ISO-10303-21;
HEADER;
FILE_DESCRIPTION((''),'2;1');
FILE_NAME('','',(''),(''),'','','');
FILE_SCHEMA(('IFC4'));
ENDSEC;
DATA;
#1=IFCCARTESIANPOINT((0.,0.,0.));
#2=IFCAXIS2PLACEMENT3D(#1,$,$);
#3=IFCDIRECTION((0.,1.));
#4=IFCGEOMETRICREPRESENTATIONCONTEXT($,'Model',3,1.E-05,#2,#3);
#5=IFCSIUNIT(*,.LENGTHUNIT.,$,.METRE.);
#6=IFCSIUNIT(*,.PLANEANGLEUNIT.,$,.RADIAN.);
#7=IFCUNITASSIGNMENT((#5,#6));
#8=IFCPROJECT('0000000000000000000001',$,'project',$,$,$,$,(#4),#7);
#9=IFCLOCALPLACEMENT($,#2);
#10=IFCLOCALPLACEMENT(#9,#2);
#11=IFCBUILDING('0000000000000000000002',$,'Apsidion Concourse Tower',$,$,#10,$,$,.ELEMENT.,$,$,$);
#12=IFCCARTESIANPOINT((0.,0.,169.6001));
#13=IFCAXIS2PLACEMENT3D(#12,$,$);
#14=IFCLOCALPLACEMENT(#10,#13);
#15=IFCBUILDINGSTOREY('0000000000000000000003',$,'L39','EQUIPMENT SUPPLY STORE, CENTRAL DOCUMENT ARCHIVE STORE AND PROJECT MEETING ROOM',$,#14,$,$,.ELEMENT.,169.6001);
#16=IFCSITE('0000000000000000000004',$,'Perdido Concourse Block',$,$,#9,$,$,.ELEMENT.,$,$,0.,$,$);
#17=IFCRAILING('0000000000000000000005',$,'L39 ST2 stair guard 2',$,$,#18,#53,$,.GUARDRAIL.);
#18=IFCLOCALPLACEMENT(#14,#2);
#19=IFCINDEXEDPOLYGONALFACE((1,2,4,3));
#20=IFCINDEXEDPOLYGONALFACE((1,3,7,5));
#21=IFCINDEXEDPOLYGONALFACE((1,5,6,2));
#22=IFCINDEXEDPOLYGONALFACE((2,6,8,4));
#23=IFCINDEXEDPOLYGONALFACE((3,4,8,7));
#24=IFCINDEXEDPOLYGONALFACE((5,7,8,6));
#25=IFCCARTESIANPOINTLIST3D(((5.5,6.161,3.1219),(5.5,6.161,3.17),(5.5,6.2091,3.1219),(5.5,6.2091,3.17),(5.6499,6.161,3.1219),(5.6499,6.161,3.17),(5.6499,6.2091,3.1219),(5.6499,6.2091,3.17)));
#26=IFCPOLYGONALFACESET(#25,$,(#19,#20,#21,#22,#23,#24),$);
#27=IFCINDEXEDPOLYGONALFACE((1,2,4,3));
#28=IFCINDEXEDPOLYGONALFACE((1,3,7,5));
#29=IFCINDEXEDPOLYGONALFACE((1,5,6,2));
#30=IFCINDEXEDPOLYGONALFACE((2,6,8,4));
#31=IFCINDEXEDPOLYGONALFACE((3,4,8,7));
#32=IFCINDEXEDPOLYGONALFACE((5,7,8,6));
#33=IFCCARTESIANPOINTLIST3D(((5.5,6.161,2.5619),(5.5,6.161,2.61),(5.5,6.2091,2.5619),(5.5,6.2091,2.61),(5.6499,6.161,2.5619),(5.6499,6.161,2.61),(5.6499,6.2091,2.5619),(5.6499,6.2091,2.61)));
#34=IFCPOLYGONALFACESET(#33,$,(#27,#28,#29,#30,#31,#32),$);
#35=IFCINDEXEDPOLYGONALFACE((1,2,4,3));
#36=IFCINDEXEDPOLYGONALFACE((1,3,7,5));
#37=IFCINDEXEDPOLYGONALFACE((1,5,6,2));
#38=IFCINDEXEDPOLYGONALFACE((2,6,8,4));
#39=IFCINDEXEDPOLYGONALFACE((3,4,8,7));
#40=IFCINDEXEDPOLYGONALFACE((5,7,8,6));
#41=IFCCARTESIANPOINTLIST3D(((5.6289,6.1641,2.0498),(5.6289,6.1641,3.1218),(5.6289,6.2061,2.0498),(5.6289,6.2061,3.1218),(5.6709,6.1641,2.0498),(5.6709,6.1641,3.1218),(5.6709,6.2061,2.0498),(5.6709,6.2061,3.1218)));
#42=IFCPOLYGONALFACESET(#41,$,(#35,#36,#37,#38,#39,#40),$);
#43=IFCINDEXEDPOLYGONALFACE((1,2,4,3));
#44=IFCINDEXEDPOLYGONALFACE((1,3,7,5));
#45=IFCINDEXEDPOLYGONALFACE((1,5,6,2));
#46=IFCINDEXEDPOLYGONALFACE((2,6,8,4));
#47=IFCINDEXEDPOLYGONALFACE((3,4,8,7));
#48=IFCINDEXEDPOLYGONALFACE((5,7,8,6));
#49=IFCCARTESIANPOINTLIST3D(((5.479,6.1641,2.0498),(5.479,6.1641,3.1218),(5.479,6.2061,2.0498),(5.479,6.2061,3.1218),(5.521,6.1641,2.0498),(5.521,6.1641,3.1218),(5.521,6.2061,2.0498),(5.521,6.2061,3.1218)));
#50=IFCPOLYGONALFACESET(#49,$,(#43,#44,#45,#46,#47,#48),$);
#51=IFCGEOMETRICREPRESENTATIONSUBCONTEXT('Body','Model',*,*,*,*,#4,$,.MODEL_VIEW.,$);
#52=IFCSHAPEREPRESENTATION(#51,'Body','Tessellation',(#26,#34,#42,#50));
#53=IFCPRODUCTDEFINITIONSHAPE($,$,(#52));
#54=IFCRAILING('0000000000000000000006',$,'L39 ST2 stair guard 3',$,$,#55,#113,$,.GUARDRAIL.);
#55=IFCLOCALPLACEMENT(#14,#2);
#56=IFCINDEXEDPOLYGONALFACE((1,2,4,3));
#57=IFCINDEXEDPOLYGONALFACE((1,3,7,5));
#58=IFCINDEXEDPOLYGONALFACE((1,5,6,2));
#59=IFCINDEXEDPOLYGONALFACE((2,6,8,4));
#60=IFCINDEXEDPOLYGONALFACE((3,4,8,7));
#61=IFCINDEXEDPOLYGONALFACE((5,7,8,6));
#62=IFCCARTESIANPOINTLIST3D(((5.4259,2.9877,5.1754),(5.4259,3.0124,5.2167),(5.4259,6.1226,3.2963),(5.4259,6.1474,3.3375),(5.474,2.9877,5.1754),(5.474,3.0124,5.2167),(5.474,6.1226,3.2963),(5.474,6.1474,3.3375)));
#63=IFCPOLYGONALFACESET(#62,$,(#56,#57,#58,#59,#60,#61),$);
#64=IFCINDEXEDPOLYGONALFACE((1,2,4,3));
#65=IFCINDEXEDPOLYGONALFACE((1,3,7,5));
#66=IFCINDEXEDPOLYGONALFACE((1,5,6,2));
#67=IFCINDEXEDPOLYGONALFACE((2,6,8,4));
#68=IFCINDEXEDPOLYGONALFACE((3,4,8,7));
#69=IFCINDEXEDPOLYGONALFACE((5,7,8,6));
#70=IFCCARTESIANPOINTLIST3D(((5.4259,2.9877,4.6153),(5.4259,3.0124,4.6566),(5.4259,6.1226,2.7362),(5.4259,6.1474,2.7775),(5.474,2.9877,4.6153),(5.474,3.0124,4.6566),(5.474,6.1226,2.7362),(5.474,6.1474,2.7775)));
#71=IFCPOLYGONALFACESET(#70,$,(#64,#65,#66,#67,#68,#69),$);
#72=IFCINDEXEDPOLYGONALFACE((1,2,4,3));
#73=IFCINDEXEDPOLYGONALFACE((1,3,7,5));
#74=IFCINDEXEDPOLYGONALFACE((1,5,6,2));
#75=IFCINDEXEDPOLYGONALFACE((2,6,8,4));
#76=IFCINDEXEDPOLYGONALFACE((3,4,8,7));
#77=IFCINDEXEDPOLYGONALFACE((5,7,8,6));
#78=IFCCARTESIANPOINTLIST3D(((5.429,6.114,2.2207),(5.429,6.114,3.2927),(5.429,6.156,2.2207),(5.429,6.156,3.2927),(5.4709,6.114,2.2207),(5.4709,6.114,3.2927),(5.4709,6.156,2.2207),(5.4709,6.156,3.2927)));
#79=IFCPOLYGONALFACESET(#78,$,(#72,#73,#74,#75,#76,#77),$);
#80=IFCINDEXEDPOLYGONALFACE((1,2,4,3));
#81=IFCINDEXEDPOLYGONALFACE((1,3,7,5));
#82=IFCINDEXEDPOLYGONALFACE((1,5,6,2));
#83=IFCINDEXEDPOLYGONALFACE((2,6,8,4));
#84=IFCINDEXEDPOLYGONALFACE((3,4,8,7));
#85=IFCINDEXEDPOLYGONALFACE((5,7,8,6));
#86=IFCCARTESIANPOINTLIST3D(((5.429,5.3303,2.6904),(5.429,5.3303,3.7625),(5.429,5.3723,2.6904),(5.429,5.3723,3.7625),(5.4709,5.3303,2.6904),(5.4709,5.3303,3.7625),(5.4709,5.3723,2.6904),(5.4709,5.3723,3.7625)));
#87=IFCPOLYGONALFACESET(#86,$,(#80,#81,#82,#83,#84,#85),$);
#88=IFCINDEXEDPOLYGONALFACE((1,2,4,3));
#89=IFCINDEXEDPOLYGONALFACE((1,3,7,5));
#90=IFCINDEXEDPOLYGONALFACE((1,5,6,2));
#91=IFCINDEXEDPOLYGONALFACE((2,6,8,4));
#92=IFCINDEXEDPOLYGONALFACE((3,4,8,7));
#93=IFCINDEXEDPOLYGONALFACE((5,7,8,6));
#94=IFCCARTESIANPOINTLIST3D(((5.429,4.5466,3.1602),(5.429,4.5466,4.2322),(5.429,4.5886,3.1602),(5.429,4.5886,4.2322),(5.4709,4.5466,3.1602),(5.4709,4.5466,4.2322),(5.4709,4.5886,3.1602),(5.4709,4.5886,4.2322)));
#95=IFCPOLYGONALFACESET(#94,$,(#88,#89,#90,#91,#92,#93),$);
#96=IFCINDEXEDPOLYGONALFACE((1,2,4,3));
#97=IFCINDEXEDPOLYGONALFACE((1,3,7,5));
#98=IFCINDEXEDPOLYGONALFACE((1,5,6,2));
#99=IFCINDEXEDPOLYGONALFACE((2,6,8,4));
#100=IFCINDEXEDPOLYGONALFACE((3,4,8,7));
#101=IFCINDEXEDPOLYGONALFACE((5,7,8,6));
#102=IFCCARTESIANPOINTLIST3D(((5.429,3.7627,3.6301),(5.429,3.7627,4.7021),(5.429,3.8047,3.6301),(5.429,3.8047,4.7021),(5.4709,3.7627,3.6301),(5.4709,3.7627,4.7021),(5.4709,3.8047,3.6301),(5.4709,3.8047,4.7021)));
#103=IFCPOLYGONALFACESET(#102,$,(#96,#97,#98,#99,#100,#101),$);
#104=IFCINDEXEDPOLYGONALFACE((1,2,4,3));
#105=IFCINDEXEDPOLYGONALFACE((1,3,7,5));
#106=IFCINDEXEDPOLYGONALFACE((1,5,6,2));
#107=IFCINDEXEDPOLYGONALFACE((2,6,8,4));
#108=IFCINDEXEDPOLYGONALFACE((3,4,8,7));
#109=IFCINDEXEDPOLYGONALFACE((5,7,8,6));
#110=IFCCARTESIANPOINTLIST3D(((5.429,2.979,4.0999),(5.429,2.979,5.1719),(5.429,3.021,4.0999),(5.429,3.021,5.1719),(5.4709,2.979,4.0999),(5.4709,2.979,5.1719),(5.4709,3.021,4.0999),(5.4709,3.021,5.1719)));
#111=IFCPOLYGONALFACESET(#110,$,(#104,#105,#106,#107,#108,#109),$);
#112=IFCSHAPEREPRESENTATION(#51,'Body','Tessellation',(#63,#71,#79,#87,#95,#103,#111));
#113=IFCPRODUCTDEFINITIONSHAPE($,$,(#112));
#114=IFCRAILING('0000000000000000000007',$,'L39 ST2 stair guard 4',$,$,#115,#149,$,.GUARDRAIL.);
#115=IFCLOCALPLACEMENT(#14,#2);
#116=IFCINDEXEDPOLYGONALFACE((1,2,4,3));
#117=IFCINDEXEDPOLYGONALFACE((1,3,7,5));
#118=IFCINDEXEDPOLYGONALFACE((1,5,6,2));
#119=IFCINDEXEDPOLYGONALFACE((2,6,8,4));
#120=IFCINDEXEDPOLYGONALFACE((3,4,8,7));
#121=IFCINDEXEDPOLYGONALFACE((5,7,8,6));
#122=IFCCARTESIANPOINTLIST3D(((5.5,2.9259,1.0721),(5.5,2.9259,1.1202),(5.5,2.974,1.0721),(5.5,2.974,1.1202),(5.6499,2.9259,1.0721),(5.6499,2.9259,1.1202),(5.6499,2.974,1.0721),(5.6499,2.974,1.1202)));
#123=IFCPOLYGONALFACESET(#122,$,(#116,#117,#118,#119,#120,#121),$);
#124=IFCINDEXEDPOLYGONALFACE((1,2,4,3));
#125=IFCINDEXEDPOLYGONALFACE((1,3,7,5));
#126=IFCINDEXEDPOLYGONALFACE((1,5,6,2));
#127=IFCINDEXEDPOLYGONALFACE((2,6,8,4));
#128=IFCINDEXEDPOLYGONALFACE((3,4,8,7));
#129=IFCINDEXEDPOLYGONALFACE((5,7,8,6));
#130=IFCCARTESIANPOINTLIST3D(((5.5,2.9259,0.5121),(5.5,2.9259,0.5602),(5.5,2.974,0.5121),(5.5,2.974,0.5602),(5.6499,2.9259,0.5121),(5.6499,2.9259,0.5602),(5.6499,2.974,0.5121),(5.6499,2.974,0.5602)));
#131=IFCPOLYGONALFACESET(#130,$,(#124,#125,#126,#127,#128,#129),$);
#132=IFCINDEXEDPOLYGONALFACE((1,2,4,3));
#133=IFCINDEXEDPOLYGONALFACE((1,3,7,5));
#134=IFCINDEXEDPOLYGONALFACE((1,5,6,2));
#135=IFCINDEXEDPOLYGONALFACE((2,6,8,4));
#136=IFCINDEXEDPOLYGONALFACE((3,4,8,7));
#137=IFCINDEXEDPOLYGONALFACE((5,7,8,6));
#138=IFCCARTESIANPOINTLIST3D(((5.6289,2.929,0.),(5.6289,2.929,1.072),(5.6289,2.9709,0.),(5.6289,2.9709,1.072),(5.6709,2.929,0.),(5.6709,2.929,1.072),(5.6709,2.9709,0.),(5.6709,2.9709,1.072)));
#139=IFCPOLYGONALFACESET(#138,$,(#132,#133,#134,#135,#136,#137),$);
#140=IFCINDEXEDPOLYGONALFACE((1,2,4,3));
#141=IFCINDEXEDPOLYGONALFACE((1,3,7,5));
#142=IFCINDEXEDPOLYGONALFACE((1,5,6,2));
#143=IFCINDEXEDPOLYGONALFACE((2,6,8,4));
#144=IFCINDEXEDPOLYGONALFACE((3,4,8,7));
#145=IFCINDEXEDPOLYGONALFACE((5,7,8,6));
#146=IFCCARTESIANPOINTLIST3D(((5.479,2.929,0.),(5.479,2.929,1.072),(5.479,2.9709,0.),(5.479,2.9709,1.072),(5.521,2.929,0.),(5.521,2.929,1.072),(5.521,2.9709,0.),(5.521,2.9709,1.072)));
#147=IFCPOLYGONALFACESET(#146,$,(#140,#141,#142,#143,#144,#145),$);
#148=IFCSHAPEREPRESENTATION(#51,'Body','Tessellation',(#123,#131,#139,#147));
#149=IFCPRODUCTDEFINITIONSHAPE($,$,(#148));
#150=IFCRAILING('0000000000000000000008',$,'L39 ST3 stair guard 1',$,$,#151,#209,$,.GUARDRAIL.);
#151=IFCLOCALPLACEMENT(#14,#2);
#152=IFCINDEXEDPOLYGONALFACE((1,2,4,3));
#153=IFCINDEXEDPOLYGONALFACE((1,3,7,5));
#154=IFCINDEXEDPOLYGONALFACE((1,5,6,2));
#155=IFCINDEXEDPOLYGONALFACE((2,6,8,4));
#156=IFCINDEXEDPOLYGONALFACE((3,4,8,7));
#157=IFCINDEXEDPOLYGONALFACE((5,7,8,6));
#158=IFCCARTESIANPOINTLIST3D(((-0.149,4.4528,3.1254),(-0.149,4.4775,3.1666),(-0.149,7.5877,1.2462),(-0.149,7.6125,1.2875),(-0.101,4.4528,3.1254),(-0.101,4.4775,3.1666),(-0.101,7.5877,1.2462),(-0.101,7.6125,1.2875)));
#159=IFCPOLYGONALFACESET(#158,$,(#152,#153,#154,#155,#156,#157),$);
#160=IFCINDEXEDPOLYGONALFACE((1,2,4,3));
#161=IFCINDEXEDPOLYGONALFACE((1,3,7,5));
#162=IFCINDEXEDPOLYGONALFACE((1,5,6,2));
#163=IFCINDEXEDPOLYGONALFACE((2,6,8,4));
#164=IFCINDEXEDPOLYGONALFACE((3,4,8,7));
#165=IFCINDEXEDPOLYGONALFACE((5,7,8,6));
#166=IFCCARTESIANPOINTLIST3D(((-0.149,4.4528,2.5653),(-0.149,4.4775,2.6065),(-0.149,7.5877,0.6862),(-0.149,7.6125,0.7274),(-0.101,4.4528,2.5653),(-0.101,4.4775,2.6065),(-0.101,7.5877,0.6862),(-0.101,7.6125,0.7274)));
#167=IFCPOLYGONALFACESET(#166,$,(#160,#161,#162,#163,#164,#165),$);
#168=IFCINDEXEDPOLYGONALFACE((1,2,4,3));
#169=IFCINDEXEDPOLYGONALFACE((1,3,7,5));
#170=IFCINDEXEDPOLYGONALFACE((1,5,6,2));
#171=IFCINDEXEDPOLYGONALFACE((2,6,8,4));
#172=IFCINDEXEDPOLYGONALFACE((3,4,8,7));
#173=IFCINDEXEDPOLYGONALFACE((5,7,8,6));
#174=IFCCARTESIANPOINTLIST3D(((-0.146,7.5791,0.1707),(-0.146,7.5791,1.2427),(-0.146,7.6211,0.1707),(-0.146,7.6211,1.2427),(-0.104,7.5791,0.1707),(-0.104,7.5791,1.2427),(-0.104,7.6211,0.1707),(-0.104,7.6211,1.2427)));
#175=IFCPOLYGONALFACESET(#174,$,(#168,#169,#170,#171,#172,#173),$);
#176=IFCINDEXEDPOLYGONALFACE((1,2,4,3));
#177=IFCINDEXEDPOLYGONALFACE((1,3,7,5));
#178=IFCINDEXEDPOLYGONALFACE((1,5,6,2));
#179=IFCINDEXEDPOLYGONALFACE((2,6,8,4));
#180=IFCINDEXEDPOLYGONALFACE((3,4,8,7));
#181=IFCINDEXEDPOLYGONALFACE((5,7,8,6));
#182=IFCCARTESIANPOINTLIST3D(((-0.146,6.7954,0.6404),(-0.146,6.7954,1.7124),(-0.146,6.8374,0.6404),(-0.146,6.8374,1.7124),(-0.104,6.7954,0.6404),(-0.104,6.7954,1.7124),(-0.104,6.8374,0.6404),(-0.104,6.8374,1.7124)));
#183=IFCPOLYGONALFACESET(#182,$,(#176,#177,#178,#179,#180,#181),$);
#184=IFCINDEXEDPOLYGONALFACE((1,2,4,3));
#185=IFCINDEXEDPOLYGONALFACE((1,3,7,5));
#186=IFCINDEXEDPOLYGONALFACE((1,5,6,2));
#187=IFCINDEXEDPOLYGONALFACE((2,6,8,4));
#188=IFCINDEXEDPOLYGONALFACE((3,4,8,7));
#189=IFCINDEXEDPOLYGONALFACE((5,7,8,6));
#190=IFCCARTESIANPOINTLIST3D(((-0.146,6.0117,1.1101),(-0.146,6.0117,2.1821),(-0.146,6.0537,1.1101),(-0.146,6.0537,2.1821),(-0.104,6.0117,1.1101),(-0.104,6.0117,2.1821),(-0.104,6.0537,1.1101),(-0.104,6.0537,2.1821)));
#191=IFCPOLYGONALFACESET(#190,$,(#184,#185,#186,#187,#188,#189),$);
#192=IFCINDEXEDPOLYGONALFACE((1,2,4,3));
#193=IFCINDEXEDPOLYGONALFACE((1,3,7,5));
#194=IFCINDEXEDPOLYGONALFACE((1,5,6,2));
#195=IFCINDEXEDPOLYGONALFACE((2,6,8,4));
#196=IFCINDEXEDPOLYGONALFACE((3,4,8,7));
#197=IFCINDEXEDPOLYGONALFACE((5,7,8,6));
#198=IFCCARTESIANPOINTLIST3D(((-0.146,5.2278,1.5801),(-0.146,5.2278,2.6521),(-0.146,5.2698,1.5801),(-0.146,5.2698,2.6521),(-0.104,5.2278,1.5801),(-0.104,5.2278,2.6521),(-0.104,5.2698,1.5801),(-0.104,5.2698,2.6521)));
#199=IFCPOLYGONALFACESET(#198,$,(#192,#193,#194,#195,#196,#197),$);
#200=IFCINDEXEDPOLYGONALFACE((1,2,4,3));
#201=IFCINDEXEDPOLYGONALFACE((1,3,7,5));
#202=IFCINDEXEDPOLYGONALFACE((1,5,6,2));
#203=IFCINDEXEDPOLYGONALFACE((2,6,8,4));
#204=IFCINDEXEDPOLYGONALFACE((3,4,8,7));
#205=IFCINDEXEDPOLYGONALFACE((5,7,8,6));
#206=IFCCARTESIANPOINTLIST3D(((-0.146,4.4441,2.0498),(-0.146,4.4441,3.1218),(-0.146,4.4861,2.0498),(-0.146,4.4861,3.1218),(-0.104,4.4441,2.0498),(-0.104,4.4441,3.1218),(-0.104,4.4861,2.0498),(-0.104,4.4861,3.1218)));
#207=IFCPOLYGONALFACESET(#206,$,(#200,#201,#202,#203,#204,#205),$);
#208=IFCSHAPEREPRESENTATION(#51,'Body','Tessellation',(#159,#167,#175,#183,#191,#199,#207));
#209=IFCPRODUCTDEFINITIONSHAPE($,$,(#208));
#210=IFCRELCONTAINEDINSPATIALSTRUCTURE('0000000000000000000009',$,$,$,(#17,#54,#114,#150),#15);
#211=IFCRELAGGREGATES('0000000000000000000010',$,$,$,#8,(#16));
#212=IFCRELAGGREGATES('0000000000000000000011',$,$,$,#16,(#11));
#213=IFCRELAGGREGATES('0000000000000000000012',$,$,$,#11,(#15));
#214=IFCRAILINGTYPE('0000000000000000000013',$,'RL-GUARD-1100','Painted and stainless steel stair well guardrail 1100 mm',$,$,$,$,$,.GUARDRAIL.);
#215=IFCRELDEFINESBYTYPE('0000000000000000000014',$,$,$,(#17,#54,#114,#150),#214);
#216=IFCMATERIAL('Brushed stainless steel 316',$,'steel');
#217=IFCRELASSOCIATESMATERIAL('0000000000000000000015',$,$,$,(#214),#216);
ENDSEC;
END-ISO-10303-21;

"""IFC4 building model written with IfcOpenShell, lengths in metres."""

from ifc_helpers import new_model, si_unit, direction, frame, origin, origin_2d, place, context, subcontext, project, spatial, rectangle, extrude, material, type_object, element, save


model = new_model("IFC4")

# Units and contexts
model_context = context("Model", 3, precision=1e-05, world=origin(), true_north=direction((0.0, 1.0)))
body_context = subcontext(model_context, "Body", "Model", "MODEL_VIEW")
ifc_project = project(units=[si_unit("LENGTHUNIT", "METRE"), si_unit("PLANEANGLEUNIT", "RADIAN")], contexts=[model_context])

# Site, building, storey
site_placement = place(None, origin())
site = spatial("IfcSite", under=ifc_project, at=site_placement, Name="Perdido Concourse Block", CompositionType="ELEMENT", RefElevation=0.0)
building_placement = place(site_placement, origin())
building = spatial("IfcBuilding", under=site, at=building_placement, Name="Apsidion Concourse Tower", CompositionType="ELEMENT")
storey_placement = place(building_placement, frame((0.0, 0.0, 169.6001)))
storey = spatial("IfcBuildingStorey", under=building, at=storey_placement, Name="L39", Description="EQUIPMENT SUPPLY STORE, CENTRAL DOCUMENT ARCHIVE STORE AND PROJECT MEETING ROOM", CompositionType="ELEMENT", Elevation=169.6001)

# Railings
ifc_material_1 = material(Name="Brushed stainless steel 316", Category="steel")
railing_type_1 = type_object("IfcRailingType", Name="RL-GUARD-1100", Description="Painted and stainless steel stair well guardrail 1100 mm", PredefinedType="GUARDRAIL", material=ifc_material_1)
railing_1_placement = place(storey_placement, frame((5.6499, 6.1851, 2.0498)))
element("IfcRailing", 1, at=railing_1_placement, inside=storey, type_object=railing_type_1, Name="L39 ST2 stair guard 2", PredefinedType="GUARDRAIL", context=body_context, shape_type="SweptSolid", body=[
    extrude(rectangle(XDim=0.0481, YDim=0.0481, at=origin_2d()), frame((0.0, 0.0, 1.0962), z_axis=(-1.0, 0.0, 0.0), x_axis=(0.0, -1.0, 0.0)), (0.0, 0.0, 1.0), 0.1499),
    extrude(rectangle(XDim=0.0481, YDim=0.0481, at=origin_2d()), frame((0.0, 0.0, 0.5361), z_axis=(-1.0, 0.0, 0.0), x_axis=(0.0, -1.0, 0.0)), (0.0, 0.0, 1.0), 0.1499),
    extrude(rectangle(XDim=0.042, YDim=0.042, at=origin_2d()), origin(), (0.0, 0.0, 1.0), 1.072),
    extrude(rectangle(XDim=0.042, YDim=0.042, at=origin_2d()), frame((-0.1499, 0.0, 0.0)), (0.0, 0.0, 1.0), 1.072),
])
railing_2_placement = place(storey_placement, frame((5.45, 6.135, 2.2207)))
element("IfcRailing", 2, at=railing_2_placement, inside=storey, type_object=railing_type_1, Name="L39 ST2 stair guard 3", PredefinedType="GUARDRAIL", context=body_context, shape_type="SweptSolid", body=[
    extrude(rectangle(XDim=0.0481, YDim=0.0481, at=origin_2d()), frame((0.0, 0.0, 1.0962), z_axis=(0.0, -0.857717, 0.514122), x_axis=(1.0, 0.0, 0.0)), (0.0, 0.0, 1.0), 3.655),
    extrude(rectangle(XDim=0.0481, YDim=0.0481, at=origin_2d()), frame((0.0, 0.0, 0.5361), z_axis=(0.0, -0.857717, 0.514122), x_axis=(1.0, 0.0, 0.0)), (0.0, 0.0, 1.0), 3.655),
    extrude(rectangle(XDim=0.042, YDim=0.042, at=origin_2d()), origin(), (0.0, 0.0, 1.0), 1.072),
    extrude(rectangle(XDim=0.042, YDim=0.042, at=origin_2d()), frame((0.0, -0.7837, 0.4697)), (0.0, 0.0, 1.0), 1.072),
    extrude(rectangle(XDim=0.042, YDim=0.042, at=origin_2d()), frame((0.0, -1.5674, 0.9395)), (0.0, 0.0, 1.0), 1.072),
    extrude(rectangle(XDim=0.042, YDim=0.042, at=origin_2d()), frame((0.0, -2.3513, 1.4094)), (0.0, 0.0, 1.0), 1.072),
    extrude(rectangle(XDim=0.042, YDim=0.042, at=origin_2d()), frame((0.0, -3.135, 1.8792)), (0.0, 0.0, 1.0), 1.072),
])
railing_3_placement = place(storey_placement, frame((5.6499, 2.95, 0.0)))
element("IfcRailing", 3, at=railing_3_placement, inside=storey, type_object=railing_type_1, Name="L39 ST2 stair guard 4", PredefinedType="GUARDRAIL", context=body_context, shape_type="SweptSolid", body=[
    extrude(rectangle(XDim=0.0481, YDim=0.0481, at=origin_2d()), frame((0.0, 0.0, 1.0962), z_axis=(-1.0, 0.0, 0.0), x_axis=(0.0, -1.0, 0.0)), (0.0, 0.0, 1.0), 0.1499),
    extrude(rectangle(XDim=0.0481, YDim=0.0481, at=origin_2d()), frame((0.0, 0.0, 0.5361), z_axis=(-1.0, 0.0, 0.0), x_axis=(0.0, -1.0, 0.0)), (0.0, 0.0, 1.0), 0.1499),
    extrude(rectangle(XDim=0.042, YDim=0.042, at=origin_2d()), origin(), (0.0, 0.0, 1.0), 1.072),
    extrude(rectangle(XDim=0.042, YDim=0.042, at=origin_2d()), frame((-0.1499, 0.0, 0.0)), (0.0, 0.0, 1.0), 1.072),
])
railing_4_placement = place(storey_placement, frame((-0.125, 7.6001, 0.1707)))
element("IfcRailing", 4, at=railing_4_placement, inside=storey, type_object=railing_type_1, Name="L39 ST3 stair guard 1", PredefinedType="GUARDRAIL", context=body_context, shape_type="SweptSolid", body=[
    extrude(rectangle(XDim=0.0481, YDim=0.0481, at=origin_2d()), frame((0.0, 0.0, 1.0962), z_axis=(0.0, -0.857717, 0.514122), x_axis=(1.0, 0.0, 0.0)), (0.0, 0.0, 1.0), 3.655),
    extrude(rectangle(XDim=0.0481, YDim=0.0481, at=origin_2d()), frame((0.0, 0.0, 0.5361), z_axis=(0.0, -0.857717, 0.514122), x_axis=(1.0, 0.0, 0.0)), (0.0, 0.0, 1.0), 3.655),
    extrude(rectangle(XDim=0.042, YDim=0.042, at=origin_2d()), origin(), (0.0, 0.0, 1.0), 1.072),
    extrude(rectangle(XDim=0.042, YDim=0.042, at=origin_2d()), frame((0.0, -0.7837, 0.4697)), (0.0, 0.0, 1.0), 1.072),
    extrude(rectangle(XDim=0.042, YDim=0.042, at=origin_2d()), frame((0.0, -1.5674, 0.9395)), (0.0, 0.0, 1.0), 1.072),
    extrude(rectangle(XDim=0.042, YDim=0.042, at=origin_2d()), frame((0.0, -2.3513, 1.4094)), (0.0, 0.0, 1.0), 1.072),
    extrude(rectangle(XDim=0.042, YDim=0.042, at=origin_2d()), frame((0.0, -3.135, 1.8792)), (0.0, 0.0, 1.0), 1.072),
])

save(model, "model.ifc")
